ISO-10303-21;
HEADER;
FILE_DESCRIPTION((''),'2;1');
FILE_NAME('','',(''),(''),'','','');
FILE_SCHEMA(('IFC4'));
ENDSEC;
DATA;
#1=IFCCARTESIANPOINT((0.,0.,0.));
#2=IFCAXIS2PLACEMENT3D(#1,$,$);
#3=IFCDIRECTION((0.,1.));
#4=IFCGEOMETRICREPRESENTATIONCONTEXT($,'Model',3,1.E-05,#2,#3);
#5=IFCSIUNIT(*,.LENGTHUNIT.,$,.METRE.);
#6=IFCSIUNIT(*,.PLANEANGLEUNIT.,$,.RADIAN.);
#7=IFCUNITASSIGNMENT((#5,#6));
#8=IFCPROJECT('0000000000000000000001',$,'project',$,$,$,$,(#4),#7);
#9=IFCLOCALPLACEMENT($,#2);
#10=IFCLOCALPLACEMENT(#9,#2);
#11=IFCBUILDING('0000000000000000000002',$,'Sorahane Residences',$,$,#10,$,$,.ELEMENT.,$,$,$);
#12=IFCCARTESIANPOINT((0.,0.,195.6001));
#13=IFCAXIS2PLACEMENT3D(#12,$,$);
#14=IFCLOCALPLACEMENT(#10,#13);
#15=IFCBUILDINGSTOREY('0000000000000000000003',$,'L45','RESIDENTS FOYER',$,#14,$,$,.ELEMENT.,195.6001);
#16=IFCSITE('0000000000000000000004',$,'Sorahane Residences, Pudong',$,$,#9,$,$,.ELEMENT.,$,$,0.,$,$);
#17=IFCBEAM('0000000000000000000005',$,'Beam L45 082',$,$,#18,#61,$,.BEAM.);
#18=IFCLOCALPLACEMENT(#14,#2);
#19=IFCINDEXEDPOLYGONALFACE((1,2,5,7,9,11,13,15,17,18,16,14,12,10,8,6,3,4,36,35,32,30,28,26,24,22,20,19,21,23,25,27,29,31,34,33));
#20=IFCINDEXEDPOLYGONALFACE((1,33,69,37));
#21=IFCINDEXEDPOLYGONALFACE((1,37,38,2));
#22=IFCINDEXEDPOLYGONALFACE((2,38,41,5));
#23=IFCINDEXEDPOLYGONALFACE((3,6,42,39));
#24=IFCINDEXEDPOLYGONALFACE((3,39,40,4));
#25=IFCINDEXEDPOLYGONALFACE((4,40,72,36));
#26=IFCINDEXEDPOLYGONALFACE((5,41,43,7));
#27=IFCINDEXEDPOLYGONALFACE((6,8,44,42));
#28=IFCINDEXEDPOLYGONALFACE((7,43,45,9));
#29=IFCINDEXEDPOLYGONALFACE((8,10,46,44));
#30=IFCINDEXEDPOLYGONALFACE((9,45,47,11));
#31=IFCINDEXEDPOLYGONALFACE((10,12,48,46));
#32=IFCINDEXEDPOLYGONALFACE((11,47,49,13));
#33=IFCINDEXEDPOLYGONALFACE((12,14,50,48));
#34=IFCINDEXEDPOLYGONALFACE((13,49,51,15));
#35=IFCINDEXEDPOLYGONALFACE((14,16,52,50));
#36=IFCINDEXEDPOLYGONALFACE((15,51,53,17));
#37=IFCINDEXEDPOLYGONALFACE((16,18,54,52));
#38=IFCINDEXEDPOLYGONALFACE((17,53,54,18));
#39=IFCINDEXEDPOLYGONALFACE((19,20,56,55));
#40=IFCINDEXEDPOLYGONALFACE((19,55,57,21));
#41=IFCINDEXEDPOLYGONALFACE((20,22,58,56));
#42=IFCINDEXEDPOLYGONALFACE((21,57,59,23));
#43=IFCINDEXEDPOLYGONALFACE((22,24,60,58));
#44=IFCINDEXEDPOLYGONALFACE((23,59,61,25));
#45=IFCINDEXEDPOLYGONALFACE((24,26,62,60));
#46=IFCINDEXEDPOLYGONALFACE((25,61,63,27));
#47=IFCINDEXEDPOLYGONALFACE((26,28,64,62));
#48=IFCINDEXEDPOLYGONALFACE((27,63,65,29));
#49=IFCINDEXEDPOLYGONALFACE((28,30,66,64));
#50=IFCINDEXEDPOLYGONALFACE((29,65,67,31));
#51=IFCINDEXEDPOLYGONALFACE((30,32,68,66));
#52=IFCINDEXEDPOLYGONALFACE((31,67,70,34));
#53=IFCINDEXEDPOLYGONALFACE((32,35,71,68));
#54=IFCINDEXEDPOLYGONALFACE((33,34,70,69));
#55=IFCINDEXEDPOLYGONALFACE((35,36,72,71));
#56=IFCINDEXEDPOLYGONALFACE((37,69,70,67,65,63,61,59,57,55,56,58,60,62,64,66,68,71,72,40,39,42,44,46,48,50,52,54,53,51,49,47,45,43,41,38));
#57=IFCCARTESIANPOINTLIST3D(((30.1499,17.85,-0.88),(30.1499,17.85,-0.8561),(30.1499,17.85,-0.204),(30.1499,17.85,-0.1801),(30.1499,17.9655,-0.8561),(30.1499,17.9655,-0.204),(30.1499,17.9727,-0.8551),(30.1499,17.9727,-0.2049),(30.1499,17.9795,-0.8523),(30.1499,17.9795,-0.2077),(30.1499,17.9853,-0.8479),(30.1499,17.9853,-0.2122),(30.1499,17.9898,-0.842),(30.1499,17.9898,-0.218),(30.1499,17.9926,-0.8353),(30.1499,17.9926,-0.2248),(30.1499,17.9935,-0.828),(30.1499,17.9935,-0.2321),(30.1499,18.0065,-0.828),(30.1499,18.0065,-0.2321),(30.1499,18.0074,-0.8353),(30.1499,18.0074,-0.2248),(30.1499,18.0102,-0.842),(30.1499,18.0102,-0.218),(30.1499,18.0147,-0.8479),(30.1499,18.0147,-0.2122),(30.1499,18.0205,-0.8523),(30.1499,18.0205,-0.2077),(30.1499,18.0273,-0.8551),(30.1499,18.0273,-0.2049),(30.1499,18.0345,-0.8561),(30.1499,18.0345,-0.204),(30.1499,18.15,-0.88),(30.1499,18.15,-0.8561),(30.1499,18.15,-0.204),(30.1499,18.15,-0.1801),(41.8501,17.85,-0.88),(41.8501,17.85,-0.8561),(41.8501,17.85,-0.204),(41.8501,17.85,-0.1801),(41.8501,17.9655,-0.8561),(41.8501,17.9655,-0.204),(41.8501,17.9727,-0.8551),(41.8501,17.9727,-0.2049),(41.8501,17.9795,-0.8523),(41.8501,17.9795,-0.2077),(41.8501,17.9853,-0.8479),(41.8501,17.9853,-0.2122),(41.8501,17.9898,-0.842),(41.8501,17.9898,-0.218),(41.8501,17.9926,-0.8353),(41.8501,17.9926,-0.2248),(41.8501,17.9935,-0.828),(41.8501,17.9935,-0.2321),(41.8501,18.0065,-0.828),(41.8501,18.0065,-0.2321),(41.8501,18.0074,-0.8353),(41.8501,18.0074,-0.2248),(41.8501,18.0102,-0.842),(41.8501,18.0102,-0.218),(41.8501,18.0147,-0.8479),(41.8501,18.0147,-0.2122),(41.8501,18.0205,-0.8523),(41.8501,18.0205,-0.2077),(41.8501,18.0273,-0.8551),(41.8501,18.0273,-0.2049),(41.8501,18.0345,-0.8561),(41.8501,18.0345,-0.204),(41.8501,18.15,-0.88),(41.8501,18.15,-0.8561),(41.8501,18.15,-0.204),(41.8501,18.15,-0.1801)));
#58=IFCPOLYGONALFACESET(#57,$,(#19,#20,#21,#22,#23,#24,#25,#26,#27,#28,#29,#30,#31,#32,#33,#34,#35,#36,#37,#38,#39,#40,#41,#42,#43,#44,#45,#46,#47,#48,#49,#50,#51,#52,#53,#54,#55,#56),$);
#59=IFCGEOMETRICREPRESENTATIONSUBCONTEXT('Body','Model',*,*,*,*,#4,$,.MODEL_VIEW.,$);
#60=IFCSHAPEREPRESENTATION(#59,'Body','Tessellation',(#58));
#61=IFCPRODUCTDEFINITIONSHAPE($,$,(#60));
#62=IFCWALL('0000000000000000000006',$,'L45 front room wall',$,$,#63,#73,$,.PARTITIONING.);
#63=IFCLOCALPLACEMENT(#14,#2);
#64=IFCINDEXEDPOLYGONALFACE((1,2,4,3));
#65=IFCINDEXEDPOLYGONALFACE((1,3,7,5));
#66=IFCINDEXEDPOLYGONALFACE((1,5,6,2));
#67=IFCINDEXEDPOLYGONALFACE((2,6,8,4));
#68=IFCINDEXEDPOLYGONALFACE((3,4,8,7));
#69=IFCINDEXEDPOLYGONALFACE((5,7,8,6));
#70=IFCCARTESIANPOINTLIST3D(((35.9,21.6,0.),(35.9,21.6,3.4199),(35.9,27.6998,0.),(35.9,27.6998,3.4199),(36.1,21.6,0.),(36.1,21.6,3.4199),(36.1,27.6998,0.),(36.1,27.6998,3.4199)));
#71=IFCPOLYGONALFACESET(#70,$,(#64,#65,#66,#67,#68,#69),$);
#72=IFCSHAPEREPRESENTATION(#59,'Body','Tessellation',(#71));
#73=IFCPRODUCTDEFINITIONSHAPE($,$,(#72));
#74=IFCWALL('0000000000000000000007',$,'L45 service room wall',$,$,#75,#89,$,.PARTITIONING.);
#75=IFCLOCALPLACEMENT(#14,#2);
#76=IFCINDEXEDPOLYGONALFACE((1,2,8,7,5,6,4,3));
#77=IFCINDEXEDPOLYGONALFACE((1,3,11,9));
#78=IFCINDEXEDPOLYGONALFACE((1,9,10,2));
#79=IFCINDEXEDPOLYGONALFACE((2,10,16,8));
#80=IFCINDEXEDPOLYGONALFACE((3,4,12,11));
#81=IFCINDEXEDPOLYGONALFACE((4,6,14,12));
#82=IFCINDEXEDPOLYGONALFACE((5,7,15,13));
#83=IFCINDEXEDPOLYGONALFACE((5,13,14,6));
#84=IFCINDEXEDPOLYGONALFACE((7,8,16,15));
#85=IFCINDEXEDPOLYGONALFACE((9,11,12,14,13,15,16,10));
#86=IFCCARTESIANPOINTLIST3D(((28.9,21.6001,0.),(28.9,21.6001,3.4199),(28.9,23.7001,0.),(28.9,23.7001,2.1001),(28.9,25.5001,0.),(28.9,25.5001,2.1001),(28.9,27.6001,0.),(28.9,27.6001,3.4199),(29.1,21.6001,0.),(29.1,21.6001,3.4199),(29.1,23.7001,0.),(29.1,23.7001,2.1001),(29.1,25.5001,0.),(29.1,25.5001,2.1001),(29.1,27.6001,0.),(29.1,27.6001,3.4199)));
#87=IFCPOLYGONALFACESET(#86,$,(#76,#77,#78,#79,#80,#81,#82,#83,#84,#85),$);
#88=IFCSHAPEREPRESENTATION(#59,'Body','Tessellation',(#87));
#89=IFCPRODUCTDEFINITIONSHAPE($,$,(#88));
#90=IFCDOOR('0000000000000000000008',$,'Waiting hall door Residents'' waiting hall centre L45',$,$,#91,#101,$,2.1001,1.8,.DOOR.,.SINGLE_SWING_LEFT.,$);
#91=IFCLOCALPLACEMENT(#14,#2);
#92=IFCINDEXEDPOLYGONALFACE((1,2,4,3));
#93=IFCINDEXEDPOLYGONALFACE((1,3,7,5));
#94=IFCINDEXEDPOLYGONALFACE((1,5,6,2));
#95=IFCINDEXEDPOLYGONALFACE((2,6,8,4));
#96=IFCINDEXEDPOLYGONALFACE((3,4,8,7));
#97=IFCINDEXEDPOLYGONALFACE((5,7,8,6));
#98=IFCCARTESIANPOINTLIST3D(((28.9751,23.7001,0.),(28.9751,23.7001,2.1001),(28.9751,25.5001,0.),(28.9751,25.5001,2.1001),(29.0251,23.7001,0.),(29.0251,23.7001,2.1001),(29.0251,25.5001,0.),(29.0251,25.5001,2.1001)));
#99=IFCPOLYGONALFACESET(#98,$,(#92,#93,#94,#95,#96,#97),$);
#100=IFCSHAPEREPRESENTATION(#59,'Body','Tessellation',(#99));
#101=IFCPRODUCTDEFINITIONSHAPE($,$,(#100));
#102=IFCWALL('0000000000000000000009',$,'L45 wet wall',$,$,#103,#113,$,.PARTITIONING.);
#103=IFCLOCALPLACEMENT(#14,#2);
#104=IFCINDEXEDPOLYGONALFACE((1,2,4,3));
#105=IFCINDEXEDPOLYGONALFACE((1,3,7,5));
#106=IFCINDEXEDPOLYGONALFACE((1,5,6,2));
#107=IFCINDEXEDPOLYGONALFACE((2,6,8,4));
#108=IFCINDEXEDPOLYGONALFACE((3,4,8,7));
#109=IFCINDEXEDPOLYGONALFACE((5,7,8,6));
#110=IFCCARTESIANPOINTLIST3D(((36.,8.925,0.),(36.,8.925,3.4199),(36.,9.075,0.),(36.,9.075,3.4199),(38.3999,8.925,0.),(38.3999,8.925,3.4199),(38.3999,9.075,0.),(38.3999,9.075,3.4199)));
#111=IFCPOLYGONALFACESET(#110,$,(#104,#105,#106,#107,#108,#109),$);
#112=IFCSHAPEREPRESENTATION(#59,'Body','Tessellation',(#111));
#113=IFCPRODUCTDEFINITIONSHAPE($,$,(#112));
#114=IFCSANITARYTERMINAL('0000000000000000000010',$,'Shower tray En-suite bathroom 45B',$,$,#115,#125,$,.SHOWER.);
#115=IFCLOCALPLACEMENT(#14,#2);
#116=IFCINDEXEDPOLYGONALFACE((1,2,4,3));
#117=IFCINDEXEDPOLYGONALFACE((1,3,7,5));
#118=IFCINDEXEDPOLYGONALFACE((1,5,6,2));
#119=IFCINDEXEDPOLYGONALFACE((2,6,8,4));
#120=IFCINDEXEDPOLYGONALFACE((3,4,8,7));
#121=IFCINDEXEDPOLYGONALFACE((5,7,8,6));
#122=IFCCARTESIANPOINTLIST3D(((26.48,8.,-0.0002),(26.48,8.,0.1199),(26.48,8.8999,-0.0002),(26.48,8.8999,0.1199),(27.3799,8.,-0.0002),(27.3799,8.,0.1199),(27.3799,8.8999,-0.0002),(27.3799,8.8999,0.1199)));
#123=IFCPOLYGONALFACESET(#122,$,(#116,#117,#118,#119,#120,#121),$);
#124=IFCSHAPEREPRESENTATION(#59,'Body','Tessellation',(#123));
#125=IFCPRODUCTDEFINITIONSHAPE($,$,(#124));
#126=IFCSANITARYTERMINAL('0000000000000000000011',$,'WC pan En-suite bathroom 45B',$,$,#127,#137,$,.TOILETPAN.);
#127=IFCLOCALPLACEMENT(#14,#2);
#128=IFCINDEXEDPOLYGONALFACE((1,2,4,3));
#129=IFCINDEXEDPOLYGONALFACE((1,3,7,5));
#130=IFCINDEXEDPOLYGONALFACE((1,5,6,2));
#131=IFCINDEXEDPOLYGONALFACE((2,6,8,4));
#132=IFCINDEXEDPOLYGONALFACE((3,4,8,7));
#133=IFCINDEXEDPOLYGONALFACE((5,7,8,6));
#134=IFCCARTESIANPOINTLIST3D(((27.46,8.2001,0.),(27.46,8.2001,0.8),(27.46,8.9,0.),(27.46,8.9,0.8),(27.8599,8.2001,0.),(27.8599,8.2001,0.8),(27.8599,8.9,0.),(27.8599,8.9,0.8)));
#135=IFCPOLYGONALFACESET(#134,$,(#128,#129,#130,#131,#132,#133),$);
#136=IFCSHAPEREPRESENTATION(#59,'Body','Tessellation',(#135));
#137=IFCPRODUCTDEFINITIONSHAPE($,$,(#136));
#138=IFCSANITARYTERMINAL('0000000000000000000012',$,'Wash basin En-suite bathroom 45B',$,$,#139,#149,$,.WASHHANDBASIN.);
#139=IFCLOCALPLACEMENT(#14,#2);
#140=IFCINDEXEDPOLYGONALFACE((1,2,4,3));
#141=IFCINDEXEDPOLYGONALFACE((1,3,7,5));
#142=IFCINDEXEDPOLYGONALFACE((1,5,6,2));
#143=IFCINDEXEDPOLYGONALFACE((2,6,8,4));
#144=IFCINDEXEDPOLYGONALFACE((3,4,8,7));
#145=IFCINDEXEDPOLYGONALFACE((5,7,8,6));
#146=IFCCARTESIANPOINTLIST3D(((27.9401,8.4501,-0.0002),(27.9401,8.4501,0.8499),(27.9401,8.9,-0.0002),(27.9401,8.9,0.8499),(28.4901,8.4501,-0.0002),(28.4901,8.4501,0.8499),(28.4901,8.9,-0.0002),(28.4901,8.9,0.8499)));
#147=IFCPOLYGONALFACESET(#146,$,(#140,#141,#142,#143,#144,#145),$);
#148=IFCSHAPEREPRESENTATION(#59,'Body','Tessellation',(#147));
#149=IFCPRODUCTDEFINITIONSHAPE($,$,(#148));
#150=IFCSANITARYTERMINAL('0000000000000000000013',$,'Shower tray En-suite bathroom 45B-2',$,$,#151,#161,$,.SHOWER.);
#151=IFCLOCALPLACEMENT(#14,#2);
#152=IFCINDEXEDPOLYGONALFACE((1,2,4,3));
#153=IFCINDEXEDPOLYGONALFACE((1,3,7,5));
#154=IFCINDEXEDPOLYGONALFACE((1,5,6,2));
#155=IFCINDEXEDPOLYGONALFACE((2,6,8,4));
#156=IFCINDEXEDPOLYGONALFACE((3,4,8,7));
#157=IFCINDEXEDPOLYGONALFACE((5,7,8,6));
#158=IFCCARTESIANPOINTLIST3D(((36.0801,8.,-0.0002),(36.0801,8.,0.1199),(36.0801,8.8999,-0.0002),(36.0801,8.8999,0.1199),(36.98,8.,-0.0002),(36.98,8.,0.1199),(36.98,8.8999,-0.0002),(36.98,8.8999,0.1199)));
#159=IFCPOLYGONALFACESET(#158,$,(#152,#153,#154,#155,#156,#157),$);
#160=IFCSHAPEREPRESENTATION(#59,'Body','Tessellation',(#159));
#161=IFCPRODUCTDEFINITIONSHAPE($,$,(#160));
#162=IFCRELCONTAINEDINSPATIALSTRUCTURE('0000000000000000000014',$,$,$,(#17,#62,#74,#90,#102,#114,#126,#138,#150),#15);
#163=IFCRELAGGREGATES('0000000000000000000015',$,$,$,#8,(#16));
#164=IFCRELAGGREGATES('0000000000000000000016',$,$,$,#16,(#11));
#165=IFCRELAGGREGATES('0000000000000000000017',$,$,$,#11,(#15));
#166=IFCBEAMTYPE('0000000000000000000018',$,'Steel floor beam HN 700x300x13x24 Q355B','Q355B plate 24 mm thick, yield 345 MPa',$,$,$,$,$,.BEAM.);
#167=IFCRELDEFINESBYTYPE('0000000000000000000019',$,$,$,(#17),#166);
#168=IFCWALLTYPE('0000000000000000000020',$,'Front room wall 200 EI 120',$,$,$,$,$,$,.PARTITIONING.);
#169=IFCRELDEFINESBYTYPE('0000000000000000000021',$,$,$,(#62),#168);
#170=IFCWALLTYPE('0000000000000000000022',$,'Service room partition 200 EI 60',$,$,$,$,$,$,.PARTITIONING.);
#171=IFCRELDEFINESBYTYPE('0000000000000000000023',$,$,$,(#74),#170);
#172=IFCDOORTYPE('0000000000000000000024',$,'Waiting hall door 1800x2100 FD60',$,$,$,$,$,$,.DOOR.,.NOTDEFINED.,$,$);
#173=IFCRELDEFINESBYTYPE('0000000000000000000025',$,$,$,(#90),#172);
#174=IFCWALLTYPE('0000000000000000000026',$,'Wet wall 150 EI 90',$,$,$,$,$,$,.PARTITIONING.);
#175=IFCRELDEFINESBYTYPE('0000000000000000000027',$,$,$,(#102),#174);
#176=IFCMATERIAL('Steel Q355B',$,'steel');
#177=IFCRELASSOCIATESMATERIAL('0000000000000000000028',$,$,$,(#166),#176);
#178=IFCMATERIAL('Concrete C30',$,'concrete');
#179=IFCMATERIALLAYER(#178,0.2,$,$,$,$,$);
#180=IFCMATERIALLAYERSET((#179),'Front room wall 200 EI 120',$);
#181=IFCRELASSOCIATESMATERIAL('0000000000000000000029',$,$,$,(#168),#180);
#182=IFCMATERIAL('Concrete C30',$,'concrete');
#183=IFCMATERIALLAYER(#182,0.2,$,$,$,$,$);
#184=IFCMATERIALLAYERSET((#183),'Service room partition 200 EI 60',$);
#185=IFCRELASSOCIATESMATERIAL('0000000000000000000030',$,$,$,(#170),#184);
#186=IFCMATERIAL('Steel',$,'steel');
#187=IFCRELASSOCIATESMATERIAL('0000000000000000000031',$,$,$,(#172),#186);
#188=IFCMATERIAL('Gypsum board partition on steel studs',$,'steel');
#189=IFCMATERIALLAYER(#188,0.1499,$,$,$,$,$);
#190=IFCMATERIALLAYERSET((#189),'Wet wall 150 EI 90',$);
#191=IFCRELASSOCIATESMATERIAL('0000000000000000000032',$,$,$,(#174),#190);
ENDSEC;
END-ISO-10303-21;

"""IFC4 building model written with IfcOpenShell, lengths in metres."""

from ifc_helpers import new_model, si_unit, direction, frame, frame_2d, origin, origin_2d, place, context, subcontext, project, spatial, rectangle, i_section, extrude, material, layer, layer_set, material_profile, profile_set, type_object, element, fill, save


model = new_model("IFC4")

# Units and contexts
model_context = context("Model", 3, precision=1e-05, world=origin(), true_north=direction((0.0, 1.0)))
body_context = subcontext(model_context, "Body", "Model", "MODEL_VIEW")
ifc_project = project(units=[si_unit("LENGTHUNIT", "METRE"), si_unit("PLANEANGLEUNIT", "RADIAN")], contexts=[model_context])

# Site, building, storey
site_placement = place(None, origin())
site = spatial("IfcSite", under=ifc_project, at=site_placement, Name="Sorahane Residences, Pudong", CompositionType="ELEMENT", RefElevation=0.0)
building_placement = place(site_placement, origin())
building = spatial("IfcBuilding", under=site, at=building_placement, Name="Sorahane Residences", CompositionType="ELEMENT")
storey_placement = place(building_placement, frame((0.0, 0.0, 195.6001)))
storey = spatial("IfcBuildingStorey", under=building, at=storey_placement, Name="L45", Description="RESIDENTS FOYER", CompositionType="ELEMENT", Elevation=195.6001)

# Beam
ifc_material_1 = material(Name="Steel Q355B", Category="steel")
ifc_material_profile_1 = material_profile(ifc_material_1, i_section(OverallWidth=0.3, OverallDepth=0.7, WebThickness=0.0129, FlangeThickness=0.0239, FilletRadius=0.0281, at=origin_2d()), Name="HN 700x300x13x24")
ifc_profile_set_1 = profile_set([ifc_material_profile_1], Name="Steel Q355B")
beam_type_1 = type_object("IfcBeamType", Name="Steel floor beam HN 700x300x13x24 Q355B", Description="Q355B plate 24 mm thick, yield 345 MPa", PredefinedType="BEAM", material=ifc_profile_set_1)
beam_1_placement = place(storey_placement, frame((30.1499, 18.0, -0.53), z_axis=(1.0, 0.0, 0.0), x_axis=(0.0, 1.0, 0.0)))
element("IfcBeam", 1, at=beam_1_placement, inside=storey, type_object=beam_type_1, Name="Beam L45 082", PredefinedType="BEAM", context=body_context, shape_type="SweptSolid", body=[
    extrude(i_section(OverallWidth=0.3, OverallDepth=0.7, WebThickness=0.0129, FlangeThickness=0.0239, FilletRadius=0.0281, at=origin_2d()), origin(), (0.0, 0.0, 1.0), 11.7002),
])

# Wall
ifc_material_2 = material(Name="Concrete C30", Category="concrete")
ifc_layer_1 = layer(ifc_material_2, 0.2)
ifc_layer_set_1 = layer_set([ifc_layer_1], Name="Front room wall 200 EI 120")
wall_type_1 = type_object("IfcWallType", Name="Front room wall 200 EI 120", PredefinedType="PARTITIONING", material=ifc_layer_set_1)
wall_1_placement = place(storey_placement, frame((36.0, 21.6001, 0.0), z_axis=(0.0, 0.0, 1.0), x_axis=(0.0, 1.0, 0.0)))
element("IfcWall", 2, at=wall_1_placement, inside=storey, type_object=wall_type_1, Name="L45 front room wall", PredefinedType="PARTITIONING", context=body_context, shape_type="SweptSolid", body=[
    extrude(rectangle(XDim=6.0999, YDim=0.2, at=frame_2d((3.0498, 0.0))), origin(), (0.0, 0.0, 1.0), 3.4199),
])

# Wall, opening, door
ifc_material_3 = material(Name="Concrete C30", Category="concrete")
ifc_layer_2 = layer(ifc_material_3, 0.2)
ifc_layer_set_2 = layer_set([ifc_layer_2], Name="Service room partition 200 EI 60")
wall_type_2 = type_object("IfcWallType", Name="Service room partition 200 EI 60", PredefinedType="PARTITIONING", material=ifc_layer_set_2)
wall_2_placement = place(storey_placement, frame((29.0, 21.6001, 0.0), z_axis=(0.0, 0.0, 1.0), x_axis=(0.0, 1.0, 0.0)))
wall_2 = element("IfcWall", 3, at=wall_2_placement, inside=storey, type_object=wall_type_2, Name="L45 service room wall", PredefinedType="PARTITIONING", context=body_context, shape_type="SweptSolid", body=[
    extrude(rectangle(XDim=6.0, YDim=0.2, at=frame_2d((3.0, 0.0))), origin(), (0.0, 0.0, 1.0), 3.4199),
])
opening_1_placement = place(wall_2_placement, frame((2.1001, 0.0, 0.0)))
opening_1 = element("IfcOpeningElement", 4, at=opening_1_placement, cuts=wall_2, PredefinedType="OPENING", context=body_context, shape_type="SweptSolid", body=[
    extrude(rectangle(XDim=1.8, YDim=2.1001, at=frame_2d((0.8999, 1.05))), frame((0.0, 0.1099, 0.0), z_axis=(0.0, -1.0, 0.0), x_axis=(1.0, 0.0, 0.0)), (0.0, 0.0, 1.0), 0.22),
])
ifc_material_4 = material(Name="Steel", Category="steel")
door_type_1 = type_object("IfcDoorType", Name="Waiting hall door 1800x2100 FD60", OperationType="NOTDEFINED", PredefinedType="DOOR", material=ifc_material_4)
door_1_placement = place(opening_1_placement, origin())
door_1 = element("IfcDoor", 5, at=door_1_placement, inside=storey, type_object=door_type_1, Name="Waiting hall door Residents' waiting hall centre L45", OperationType="SINGLE_SWING_LEFT", OverallHeight=2.1001, OverallWidth=1.8, PredefinedType="DOOR", context=body_context, shape_type="SweptSolid", body=[
    extrude(rectangle(XDim=1.8, YDim=2.1001, at=frame_2d((0.8999, 1.05))), frame((0.0, 0.0249, 0.0), z_axis=(0.0, -1.0, 0.0), x_axis=(1.0, 0.0, 0.0)), (0.0, 0.0, 1.0), 0.05),
])
fill(opening_1, door_1)

# Wall
ifc_material_5 = material(Name="Gypsum board partition on steel studs", Category="steel")
ifc_layer_3 = layer(ifc_material_5, 0.1499)
ifc_layer_set_3 = layer_set([ifc_layer_3], Name="Wet wall 150 EI 90")
wall_type_3 = type_object("IfcWallType", Name="Wet wall 150 EI 90", PredefinedType="PARTITIONING", material=ifc_layer_set_3)
wall_3_placement = place(storey_placement, frame((36.0, 9.0, 0.0), z_axis=(0.0, 0.0, 1.0), x_axis=(1.0, 0.0, 0.0)))
element("IfcWall", 6, at=wall_3_placement, inside=storey, type_object=wall_type_3, Name="L45 wet wall", PredefinedType="PARTITIONING", context=body_context, shape_type="SweptSolid", body=[
    extrude(rectangle(XDim=2.3999, YDim=0.1499, at=frame_2d((1.2, 0.0))), origin(), (0.0, 0.0, 1.0), 3.4199),
])

# Sanitary terminals
sanitary_terminal_1_placement = place(storey_placement, frame((26.9299, 8.45, -0.0002), z_axis=(0.0, 0.0, 1.0), x_axis=(1.0, 0.0, 0.0)))
element("IfcSanitaryTerminal", 7, at=sanitary_terminal_1_placement, inside=storey, Name="Shower tray En-suite bathroom 45B", PredefinedType="SHOWER", context=body_context, shape_type="SweptSolid", body=[
    extrude(rectangle(XDim=0.8999, YDim=0.8999, at=origin_2d()), origin(), (0.0, 0.0, 1.0), 0.1201),
])
sanitary_terminal_2_placement = place(storey_placement, frame((27.6599, 8.55, 0.0), z_axis=(0.0, 0.0, 1.0), x_axis=(1.0, 0.0, 0.0)))
element("IfcSanitaryTerminal", 8, at=sanitary_terminal_2_placement, inside=storey, Name="WC pan En-suite bathroom 45B", PredefinedType="TOILETPAN", context=body_context, shape_type="SweptSolid", body=[
    extrude(rectangle(XDim=0.3999, YDim=0.7, at=origin_2d()), origin(), (0.0, 0.0, 1.0), 0.8),
])
sanitary_terminal_3_placement = place(storey_placement, frame((28.2151, 8.675, -0.0002), z_axis=(0.0, 0.0, 1.0), x_axis=(1.0, 0.0, 0.0)))
element("IfcSanitaryTerminal", 9, at=sanitary_terminal_3_placement, inside=storey, Name="Wash basin En-suite bathroom 45B", PredefinedType="WASHHANDBASIN", context=body_context, shape_type="SweptSolid", body=[
    extrude(rectangle(XDim=0.55, YDim=0.45, at=origin_2d()), origin(), (0.0, 0.0, 1.0), 0.8501),
])
sanitary_terminal_4_placement = place(storey_placement, frame((36.53, 8.45, -0.0002), z_axis=(0.0, 0.0, 1.0), x_axis=(1.0, 0.0, 0.0)))
element("IfcSanitaryTerminal", 10, at=sanitary_terminal_4_placement, inside=storey, Name="Shower tray En-suite bathroom 45B-2", PredefinedType="SHOWER", context=body_context, shape_type="SweptSolid", body=[
    extrude(rectangle(XDim=0.8999, YDim=0.8999, at=origin_2d()), origin(), (0.0, 0.0, 1.0), 0.1201),
])

save(model, "model.ifc")
